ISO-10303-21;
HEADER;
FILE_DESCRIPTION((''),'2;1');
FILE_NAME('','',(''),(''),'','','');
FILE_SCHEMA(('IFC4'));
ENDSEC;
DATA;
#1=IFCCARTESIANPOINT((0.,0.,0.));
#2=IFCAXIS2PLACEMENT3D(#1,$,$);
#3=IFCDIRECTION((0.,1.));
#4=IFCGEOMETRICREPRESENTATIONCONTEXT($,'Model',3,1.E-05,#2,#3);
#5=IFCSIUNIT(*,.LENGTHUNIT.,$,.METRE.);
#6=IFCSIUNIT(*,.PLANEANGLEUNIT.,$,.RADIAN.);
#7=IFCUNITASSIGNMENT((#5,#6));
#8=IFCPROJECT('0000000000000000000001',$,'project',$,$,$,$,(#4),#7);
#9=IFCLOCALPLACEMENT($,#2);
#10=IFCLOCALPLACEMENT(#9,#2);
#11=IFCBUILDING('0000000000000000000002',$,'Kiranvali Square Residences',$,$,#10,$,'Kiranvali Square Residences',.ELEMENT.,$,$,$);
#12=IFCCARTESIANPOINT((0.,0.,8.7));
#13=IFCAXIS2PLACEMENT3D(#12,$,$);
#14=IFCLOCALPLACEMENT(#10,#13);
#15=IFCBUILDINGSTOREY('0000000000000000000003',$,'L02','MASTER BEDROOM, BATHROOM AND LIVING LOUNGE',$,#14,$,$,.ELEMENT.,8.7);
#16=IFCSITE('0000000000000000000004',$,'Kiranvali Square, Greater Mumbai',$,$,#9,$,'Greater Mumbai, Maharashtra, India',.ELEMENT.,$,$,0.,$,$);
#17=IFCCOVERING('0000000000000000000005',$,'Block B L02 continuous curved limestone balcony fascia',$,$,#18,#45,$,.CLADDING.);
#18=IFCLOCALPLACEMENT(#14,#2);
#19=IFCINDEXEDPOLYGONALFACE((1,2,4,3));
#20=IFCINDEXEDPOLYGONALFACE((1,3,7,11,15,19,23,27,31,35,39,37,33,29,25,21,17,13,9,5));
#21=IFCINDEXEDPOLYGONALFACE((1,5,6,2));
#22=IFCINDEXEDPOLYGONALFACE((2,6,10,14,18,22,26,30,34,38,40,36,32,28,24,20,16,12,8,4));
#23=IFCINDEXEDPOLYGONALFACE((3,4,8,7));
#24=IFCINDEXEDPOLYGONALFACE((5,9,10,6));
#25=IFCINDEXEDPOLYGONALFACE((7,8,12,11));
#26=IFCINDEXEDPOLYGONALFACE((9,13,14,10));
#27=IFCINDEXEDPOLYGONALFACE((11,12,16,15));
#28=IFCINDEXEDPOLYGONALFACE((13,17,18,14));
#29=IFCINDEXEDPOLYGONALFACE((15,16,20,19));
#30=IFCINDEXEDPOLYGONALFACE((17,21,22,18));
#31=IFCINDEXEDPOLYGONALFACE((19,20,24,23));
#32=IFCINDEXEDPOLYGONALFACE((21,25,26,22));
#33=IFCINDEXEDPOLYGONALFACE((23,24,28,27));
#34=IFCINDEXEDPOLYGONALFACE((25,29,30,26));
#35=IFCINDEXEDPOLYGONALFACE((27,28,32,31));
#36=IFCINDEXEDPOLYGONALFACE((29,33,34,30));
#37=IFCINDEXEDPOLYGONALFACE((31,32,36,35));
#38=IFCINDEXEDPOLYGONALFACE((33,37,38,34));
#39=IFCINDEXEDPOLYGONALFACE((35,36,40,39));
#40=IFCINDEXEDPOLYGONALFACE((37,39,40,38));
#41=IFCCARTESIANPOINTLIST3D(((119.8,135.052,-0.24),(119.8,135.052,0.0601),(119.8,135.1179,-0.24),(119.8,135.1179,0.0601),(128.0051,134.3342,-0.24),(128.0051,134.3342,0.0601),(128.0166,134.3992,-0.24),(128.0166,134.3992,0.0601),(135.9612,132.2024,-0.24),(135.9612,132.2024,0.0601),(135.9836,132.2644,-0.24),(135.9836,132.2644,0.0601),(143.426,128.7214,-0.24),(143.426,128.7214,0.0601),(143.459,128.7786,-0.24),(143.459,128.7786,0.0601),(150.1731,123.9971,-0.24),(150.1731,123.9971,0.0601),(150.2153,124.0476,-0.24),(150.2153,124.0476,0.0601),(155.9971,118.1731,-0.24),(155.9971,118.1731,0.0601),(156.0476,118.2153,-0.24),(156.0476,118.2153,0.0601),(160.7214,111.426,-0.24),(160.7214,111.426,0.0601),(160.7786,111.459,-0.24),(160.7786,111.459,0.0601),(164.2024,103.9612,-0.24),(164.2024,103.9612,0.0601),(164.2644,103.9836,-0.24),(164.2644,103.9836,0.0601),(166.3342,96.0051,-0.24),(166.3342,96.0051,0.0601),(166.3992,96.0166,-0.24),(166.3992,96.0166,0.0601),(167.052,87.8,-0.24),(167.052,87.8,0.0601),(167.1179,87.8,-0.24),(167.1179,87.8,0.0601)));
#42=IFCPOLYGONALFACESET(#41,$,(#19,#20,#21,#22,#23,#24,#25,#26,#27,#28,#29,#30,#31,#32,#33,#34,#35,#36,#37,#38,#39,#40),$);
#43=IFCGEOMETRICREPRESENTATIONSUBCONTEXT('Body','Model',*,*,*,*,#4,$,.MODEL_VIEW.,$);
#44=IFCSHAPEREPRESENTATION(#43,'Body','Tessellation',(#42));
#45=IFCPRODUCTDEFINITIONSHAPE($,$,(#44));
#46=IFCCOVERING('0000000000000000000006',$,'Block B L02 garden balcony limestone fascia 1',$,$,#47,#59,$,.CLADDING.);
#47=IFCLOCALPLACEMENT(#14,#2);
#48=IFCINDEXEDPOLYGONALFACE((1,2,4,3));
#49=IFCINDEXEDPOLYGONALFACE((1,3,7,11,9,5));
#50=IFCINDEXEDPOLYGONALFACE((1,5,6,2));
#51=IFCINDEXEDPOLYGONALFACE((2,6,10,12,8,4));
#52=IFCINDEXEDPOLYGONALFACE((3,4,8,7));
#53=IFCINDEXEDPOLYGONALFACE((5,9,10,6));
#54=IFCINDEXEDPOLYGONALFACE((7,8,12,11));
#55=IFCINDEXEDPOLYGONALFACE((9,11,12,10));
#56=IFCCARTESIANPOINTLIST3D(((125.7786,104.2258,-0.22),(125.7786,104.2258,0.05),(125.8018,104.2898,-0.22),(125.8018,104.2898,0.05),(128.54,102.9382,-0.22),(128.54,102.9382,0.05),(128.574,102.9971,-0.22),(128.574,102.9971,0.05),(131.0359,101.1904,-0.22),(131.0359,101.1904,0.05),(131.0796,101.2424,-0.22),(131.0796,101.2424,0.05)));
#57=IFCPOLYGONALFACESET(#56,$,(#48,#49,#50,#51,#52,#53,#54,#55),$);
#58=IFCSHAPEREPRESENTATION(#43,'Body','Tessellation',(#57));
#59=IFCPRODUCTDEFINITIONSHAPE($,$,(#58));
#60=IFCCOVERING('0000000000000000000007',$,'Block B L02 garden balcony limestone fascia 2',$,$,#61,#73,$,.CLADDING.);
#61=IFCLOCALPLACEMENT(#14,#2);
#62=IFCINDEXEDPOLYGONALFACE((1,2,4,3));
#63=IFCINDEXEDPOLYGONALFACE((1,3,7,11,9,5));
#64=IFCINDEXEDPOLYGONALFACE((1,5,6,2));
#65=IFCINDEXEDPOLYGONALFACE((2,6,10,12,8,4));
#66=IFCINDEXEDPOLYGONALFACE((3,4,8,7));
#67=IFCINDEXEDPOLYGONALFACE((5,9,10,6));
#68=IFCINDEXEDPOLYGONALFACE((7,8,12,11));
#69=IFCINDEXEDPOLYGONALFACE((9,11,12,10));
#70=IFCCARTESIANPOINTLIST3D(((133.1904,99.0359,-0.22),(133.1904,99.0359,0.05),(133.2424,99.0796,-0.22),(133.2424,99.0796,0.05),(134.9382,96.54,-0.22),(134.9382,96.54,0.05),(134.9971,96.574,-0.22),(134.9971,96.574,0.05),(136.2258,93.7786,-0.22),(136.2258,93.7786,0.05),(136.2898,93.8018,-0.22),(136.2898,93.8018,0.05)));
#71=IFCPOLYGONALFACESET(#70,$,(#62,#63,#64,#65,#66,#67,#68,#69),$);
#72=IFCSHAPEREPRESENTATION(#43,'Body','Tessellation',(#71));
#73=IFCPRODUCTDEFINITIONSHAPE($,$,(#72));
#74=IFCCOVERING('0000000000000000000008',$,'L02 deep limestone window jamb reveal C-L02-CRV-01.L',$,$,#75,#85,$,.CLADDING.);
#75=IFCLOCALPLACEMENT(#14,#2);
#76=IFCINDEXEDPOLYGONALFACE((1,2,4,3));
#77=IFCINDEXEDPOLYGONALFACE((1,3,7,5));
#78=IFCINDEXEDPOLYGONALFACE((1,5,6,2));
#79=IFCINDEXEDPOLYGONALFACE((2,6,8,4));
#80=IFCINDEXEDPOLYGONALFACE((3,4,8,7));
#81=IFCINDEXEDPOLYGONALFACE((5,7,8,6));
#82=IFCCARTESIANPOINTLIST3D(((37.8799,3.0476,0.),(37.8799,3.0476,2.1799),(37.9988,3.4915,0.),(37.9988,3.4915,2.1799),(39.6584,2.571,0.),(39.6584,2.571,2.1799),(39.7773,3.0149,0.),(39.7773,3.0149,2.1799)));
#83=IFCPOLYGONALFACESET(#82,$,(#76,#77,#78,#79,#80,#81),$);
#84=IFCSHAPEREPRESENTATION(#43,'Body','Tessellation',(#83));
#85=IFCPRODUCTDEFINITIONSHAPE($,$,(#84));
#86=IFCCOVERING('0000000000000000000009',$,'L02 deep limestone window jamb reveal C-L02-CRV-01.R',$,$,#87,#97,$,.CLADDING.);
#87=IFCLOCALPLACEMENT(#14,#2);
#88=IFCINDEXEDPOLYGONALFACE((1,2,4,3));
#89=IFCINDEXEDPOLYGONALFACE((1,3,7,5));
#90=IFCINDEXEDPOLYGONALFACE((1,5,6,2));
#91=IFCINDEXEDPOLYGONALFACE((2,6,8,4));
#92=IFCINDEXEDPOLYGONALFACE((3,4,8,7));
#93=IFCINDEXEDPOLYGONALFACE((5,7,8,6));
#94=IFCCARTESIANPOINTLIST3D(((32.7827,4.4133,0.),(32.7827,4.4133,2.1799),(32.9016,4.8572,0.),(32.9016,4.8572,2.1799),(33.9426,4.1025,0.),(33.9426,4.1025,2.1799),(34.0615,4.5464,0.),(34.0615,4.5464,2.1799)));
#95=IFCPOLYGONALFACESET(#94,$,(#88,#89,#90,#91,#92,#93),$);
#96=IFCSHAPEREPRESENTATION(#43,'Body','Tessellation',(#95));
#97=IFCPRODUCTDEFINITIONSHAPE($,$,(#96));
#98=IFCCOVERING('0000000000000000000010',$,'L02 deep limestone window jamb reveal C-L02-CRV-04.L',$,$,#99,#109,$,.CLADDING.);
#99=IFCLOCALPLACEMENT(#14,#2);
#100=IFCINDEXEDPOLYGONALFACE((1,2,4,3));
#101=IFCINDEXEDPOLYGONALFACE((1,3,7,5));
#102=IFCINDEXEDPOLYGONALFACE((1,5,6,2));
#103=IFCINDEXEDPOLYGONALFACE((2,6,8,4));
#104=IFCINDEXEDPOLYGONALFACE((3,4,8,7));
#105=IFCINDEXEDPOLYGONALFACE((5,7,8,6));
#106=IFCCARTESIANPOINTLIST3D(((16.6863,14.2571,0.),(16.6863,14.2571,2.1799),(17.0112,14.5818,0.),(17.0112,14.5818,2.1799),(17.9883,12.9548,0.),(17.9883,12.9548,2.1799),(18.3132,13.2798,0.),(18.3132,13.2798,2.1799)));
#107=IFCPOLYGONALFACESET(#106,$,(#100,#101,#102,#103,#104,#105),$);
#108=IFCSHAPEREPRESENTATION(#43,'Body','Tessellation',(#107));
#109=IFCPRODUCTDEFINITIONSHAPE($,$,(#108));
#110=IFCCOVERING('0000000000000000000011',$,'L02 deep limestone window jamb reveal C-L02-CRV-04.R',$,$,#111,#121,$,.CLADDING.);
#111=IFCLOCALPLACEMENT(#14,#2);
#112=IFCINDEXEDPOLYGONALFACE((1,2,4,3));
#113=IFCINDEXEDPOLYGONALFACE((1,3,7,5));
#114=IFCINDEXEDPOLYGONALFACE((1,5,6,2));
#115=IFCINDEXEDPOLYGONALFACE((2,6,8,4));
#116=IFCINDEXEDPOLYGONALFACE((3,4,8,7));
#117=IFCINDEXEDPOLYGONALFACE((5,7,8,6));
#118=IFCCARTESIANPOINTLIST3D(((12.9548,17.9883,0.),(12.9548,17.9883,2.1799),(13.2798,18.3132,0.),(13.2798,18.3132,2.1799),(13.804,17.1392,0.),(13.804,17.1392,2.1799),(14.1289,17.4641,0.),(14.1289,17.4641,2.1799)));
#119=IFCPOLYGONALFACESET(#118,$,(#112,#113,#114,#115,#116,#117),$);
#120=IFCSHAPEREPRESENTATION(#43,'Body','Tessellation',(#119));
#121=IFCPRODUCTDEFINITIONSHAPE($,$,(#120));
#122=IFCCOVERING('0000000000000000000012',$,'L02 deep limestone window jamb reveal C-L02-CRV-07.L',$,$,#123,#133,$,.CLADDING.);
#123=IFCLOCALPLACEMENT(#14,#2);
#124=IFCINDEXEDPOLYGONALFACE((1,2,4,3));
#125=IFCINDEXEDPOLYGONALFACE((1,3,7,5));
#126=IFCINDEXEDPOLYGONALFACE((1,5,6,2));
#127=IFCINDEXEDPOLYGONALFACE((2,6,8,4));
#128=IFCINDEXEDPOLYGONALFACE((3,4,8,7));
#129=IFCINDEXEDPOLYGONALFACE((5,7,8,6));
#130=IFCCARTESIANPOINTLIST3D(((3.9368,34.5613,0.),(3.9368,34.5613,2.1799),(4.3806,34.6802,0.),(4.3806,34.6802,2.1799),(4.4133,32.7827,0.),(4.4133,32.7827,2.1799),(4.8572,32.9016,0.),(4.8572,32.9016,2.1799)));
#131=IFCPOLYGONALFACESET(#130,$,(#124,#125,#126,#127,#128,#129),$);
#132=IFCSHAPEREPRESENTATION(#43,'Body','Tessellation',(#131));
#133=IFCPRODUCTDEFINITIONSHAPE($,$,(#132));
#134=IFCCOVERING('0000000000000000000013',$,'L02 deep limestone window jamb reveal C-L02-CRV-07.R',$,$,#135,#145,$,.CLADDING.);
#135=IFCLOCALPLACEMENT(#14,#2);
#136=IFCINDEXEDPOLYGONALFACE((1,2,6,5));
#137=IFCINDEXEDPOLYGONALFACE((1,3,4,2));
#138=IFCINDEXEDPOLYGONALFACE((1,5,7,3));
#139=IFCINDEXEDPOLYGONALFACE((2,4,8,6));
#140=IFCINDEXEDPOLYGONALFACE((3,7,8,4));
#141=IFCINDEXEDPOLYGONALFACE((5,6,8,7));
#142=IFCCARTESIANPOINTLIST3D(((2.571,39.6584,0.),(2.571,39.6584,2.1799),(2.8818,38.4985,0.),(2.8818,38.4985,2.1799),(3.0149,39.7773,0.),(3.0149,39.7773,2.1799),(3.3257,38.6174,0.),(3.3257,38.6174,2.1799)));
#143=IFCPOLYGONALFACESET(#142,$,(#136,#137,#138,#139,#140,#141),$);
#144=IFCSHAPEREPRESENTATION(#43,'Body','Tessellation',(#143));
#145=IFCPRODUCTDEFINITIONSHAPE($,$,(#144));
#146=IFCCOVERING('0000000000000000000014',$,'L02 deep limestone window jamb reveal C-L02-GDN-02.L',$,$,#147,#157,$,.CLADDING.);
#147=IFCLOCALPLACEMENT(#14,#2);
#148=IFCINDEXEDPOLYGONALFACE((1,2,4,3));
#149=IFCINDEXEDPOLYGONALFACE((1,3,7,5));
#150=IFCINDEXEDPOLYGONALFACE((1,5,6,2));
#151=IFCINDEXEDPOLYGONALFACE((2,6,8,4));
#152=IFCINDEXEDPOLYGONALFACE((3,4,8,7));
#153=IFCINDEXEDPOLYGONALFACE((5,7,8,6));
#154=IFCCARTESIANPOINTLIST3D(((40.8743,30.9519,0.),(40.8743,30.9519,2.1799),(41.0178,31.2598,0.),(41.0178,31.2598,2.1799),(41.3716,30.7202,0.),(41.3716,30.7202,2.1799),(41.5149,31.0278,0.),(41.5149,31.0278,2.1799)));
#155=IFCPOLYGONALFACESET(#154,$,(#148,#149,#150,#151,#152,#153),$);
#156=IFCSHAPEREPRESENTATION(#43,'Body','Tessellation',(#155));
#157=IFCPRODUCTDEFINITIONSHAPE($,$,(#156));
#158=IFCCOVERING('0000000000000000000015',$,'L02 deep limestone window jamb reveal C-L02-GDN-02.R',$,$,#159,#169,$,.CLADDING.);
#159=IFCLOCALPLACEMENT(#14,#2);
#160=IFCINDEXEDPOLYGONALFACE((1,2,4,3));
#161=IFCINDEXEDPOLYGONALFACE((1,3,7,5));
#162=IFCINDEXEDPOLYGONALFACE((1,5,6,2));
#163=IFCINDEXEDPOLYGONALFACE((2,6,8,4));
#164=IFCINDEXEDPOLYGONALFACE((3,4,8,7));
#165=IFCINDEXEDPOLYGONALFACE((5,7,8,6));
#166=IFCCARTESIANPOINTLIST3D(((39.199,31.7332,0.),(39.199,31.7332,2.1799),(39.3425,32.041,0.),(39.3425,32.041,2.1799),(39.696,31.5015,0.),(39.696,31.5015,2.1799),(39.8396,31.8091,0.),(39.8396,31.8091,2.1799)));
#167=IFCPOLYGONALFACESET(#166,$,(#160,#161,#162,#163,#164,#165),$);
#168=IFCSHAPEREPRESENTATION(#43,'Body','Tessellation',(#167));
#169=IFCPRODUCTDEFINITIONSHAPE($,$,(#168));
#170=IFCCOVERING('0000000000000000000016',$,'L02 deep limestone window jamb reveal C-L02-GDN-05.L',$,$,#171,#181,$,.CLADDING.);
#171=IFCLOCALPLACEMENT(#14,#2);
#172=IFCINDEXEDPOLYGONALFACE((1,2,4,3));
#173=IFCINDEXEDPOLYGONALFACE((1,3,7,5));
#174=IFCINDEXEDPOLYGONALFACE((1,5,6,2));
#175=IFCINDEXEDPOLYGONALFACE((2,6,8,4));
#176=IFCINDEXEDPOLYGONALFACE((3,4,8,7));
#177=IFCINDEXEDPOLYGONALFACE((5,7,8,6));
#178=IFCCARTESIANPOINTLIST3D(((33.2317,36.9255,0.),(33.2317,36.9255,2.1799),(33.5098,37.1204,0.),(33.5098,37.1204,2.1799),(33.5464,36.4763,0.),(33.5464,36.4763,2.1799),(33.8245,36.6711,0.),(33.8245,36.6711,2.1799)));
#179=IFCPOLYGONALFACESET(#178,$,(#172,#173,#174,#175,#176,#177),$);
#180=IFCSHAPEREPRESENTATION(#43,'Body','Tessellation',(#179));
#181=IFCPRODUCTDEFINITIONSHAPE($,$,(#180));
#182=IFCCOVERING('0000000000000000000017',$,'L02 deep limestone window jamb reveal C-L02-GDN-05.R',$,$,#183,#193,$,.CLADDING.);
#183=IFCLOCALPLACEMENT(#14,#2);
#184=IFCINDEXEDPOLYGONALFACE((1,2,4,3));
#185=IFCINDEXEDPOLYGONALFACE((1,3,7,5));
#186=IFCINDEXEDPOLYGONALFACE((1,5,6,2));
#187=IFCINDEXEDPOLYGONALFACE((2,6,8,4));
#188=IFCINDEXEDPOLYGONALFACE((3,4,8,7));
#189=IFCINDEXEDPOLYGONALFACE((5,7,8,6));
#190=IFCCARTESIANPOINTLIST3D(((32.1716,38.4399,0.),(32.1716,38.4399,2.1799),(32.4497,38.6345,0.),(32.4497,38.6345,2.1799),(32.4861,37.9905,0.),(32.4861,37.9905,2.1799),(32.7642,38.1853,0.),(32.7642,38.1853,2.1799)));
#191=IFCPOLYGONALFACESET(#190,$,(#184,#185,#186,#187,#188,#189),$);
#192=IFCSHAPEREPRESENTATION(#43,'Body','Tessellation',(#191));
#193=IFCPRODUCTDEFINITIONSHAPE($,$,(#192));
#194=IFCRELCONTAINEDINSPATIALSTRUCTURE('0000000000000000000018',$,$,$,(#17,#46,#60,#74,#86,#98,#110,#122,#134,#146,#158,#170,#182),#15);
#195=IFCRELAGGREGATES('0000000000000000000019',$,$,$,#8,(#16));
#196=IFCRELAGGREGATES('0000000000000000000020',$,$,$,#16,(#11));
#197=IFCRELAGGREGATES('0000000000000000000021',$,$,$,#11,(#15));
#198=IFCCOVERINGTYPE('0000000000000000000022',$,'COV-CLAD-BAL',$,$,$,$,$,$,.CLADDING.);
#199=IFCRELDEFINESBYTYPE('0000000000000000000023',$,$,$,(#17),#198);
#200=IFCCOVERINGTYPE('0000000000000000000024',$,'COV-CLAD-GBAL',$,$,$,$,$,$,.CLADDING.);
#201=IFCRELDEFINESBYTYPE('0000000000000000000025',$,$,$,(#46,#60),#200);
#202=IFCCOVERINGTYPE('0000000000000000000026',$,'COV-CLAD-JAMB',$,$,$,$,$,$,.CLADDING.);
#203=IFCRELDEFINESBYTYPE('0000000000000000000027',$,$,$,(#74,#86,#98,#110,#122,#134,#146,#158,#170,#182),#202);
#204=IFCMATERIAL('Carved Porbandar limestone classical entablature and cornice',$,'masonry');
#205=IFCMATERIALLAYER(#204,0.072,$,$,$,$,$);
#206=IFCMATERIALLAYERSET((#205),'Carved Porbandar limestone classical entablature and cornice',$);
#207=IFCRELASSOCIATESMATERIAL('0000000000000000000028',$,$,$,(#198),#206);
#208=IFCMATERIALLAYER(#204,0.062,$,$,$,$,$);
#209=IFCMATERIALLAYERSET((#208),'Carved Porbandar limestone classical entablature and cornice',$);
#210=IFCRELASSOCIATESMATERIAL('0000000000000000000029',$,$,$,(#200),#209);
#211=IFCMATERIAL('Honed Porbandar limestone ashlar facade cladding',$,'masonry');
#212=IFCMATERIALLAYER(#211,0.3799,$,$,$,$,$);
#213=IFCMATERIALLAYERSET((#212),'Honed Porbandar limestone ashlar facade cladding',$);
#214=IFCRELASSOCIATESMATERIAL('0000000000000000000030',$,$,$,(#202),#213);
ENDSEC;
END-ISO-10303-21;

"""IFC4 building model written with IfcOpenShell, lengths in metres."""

from ifc_helpers import new_model, si_unit, direction, frame, origin, place, context, subcontext, project, spatial, polyline, outline, extrude, material, layer, layer_set, type_object, element, save


model = new_model("IFC4")

# Units and contexts
model_context = context("Model", 3, precision=1e-05, world=origin(), true_north=direction((0.0, 1.0)))
body_context = subcontext(model_context, "Body", "Model", "MODEL_VIEW")
ifc_project = project(units=[si_unit("LENGTHUNIT", "METRE"), si_unit("PLANEANGLEUNIT", "RADIAN")], contexts=[model_context])

# Site, building, storey
site_placement = place(None, origin())
site = spatial("IfcSite", under=ifc_project, at=site_placement, Name="Kiranvali Square, Greater Mumbai", LongName="Greater Mumbai, Maharashtra, India", CompositionType="ELEMENT", RefElevation=0.0)
building_placement = place(site_placement, origin())
building = spatial("IfcBuilding", under=site, at=building_placement, Name="Kiranvali Square Residences", LongName="Kiranvali Square Residences", CompositionType="ELEMENT")
storey_placement = place(building_placement, frame((0.0, 0.0, 8.7)))
storey = spatial("IfcBuildingStorey", under=building, at=storey_placement, Name="L02", Description="MASTER BEDROOM, BATHROOM AND LIVING LOUNGE", CompositionType="ELEMENT", Elevation=8.7)

# Coverings
ifc_material_1 = material(Name="Carved Porbandar limestone classical entablature and cornice", Category="masonry")
ifc_layer_1 = layer(ifc_material_1, 0.072)
ifc_layer_set_1 = layer_set([ifc_layer_1], Name="Carved Porbandar limestone classical entablature and cornice")
covering_type_1 = type_object("IfcCoveringType", Name="COV-CLAD-BAL", PredefinedType="CLADDING", material=ifc_layer_set_1)
covering_1_placement = place(storey_placement, frame((0.0, 0.0, -0.24)))
element("IfcCovering", 1, at=covering_1_placement, inside=storey, type_object=covering_type_1, Name="Block B L02 continuous curved limestone balcony fascia", PredefinedType="CLADDING", context=body_context, shape_type="SweptSolid", body=[
    extrude(outline(polyline([(119.8, 135.052), (128.0051, 134.3342), (135.9612, 132.2024), (143.426, 128.7214), (150.1731, 123.9971), (155.9971, 118.1731), (160.7214, 111.426), (164.2024, 103.9612), (166.3342, 96.0051), (167.052, 87.8), (167.1179, 87.8), (166.3992, 96.0166), (164.2644, 103.9836), (160.7786, 111.459), (156.0476, 118.2153), (150.2153, 124.0476), (143.459, 128.7786), (135.9836, 132.2644), (128.0166, 134.3992), (119.8, 135.1179), (119.8, 135.052)])), origin(), (0.0, 0.0, 1.0), 0.3),
])
ifc_layer_2 = layer(ifc_material_1, 0.062)
ifc_layer_set_2 = layer_set([ifc_layer_2], Name="Carved Porbandar limestone classical entablature and cornice")
covering_type_2 = type_object("IfcCoveringType", Name="COV-CLAD-GBAL", PredefinedType="CLADDING", material=ifc_layer_set_2)
covering_2_placement = place(storey_placement, frame((0.0, 0.0, -0.22)))
element("IfcCovering", 2, at=covering_2_placement, inside=storey, type_object=covering_type_2, Name="Block B L02 garden balcony limestone fascia 1", PredefinedType="CLADDING", context=body_context, shape_type="SweptSolid", body=[
    extrude(outline(polyline([(125.7786, 104.2258), (128.54, 102.9382), (131.0359, 101.1904), (131.0796, 101.2424), (128.574, 102.9971), (125.8018, 104.2898), (125.7786, 104.2258)])), origin(), (0.0, 0.0, 1.0), 0.27),
])
covering_3_placement = place(storey_placement, frame((0.0, 0.0, -0.22)))
element("IfcCovering", 3, at=covering_3_placement, inside=storey, type_object=covering_type_2, Name="Block B L02 garden balcony limestone fascia 2", PredefinedType="CLADDING", context=body_context, shape_type="SweptSolid", body=[
    extrude(outline(polyline([(133.1904, 99.0359), (134.9382, 96.54), (136.2258, 93.7786), (136.2898, 93.8018), (134.9971, 96.574), (133.2424, 99.0796), (133.1904, 99.0359)])), origin(), (0.0, 0.0, 1.0), 0.27),
])
ifc_material_2 = material(Name="Honed Porbandar limestone ashlar facade cladding", Category="masonry")
ifc_layer_3 = layer(ifc_material_2, 0.3799)
ifc_layer_set_3 = layer_set([ifc_layer_3], Name="Honed Porbandar limestone ashlar facade cladding")
covering_type_3 = type_object("IfcCoveringType", Name="COV-CLAD-JAMB", PredefinedType="CLADDING", material=ifc_layer_set_3)
covering_4_placement = place(storey_placement, origin())
element("IfcCovering", 4, at=covering_4_placement, inside=storey, type_object=covering_type_3, Name="L02 deep limestone window jamb reveal C-L02-CRV-01.L", PredefinedType="CLADDING", context=body_context, shape_type="SweptSolid", body=[
    extrude(outline(polyline([(39.7773, 3.0149), (37.9988, 3.4915), (37.8799, 3.0476), (39.6584, 2.571), (39.7773, 3.0149)])), origin(), (0.0, 0.0, 1.0), 2.1799),
])
covering_5_placement = place(storey_placement, origin())
element("IfcCovering", 5, at=covering_5_placement, inside=storey, type_object=covering_type_3, Name="L02 deep limestone window jamb reveal C-L02-CRV-01.R", PredefinedType="CLADDING", context=body_context, shape_type="SweptSolid", body=[
    extrude(outline(polyline([(34.0615, 4.5464), (32.9016, 4.8572), (32.7827, 4.4133), (33.9426, 4.1025), (34.0615, 4.5464)])), origin(), (0.0, 0.0, 1.0), 2.1799),
])
covering_6_placement = place(storey_placement, origin())
element("IfcCovering", 6, at=covering_6_placement, inside=storey, type_object=covering_type_3, Name="L02 deep limestone window jamb reveal C-L02-CRV-04.L", PredefinedType="CLADDING", context=body_context, shape_type="SweptSolid", body=[
    extrude(outline(polyline([(18.3132, 13.2798), (17.0112, 14.5818), (16.6863, 14.2571), (17.9883, 12.9548), (18.3132, 13.2798)])), origin(), (0.0, 0.0, 1.0), 2.1799),
])
covering_7_placement = place(storey_placement, origin())
element("IfcCovering", 7, at=covering_7_placement, inside=storey, type_object=covering_type_3, Name="L02 deep limestone window jamb reveal C-L02-CRV-04.R", PredefinedType="CLADDING", context=body_context, shape_type="SweptSolid", body=[
    extrude(outline(polyline([(14.1289, 17.4641), (13.2798, 18.3132), (12.9548, 17.9883), (13.804, 17.1392), (14.1289, 17.4641)])), origin(), (0.0, 0.0, 1.0), 2.1799),
])
covering_8_placement = place(storey_placement, origin())
element("IfcCovering", 8, at=covering_8_placement, inside=storey, type_object=covering_type_3, Name="L02 deep limestone window jamb reveal C-L02-CRV-07.L", PredefinedType="CLADDING", context=body_context, shape_type="SweptSolid", body=[
    extrude(outline(polyline([(4.8572, 32.9016), (4.3806, 34.6802), (3.9368, 34.5613), (4.4133, 32.7827), (4.8572, 32.9016)])), origin(), (0.0, 0.0, 1.0), 2.1799),
])
covering_9_placement = place(storey_placement, origin())
element("IfcCovering", 9, at=covering_9_placement, inside=storey, type_object=covering_type_3, Name="L02 deep limestone window jamb reveal C-L02-CRV-07.R", PredefinedType="CLADDING", context=body_context, shape_type="SweptSolid", body=[
    extrude(outline(polyline([(3.3257, 38.6174), (3.0149, 39.7773), (2.571, 39.6584), (2.8818, 38.4985), (3.3257, 38.6174)])), origin(), (0.0, 0.0, 1.0), 2.1799),
])
covering_10_placement = place(storey_placement, origin())
element("IfcCovering", 10, at=covering_10_placement, inside=storey, type_object=covering_type_3, Name="L02 deep limestone window jamb reveal C-L02-GDN-02.L", PredefinedType="CLADDING", context=body_context, shape_type="SweptSolid", body=[
    extrude(outline(polyline([(41.5149, 31.0278), (41.0178, 31.2598), (40.8743, 30.9519), (41.3716, 30.7202), (41.5149, 31.0278)])), origin(), (0.0, 0.0, 1.0), 2.1799),
])
covering_11_placement = place(storey_placement, origin())
element("IfcCovering", 11, at=covering_11_placement, inside=storey, type_object=covering_type_3, Name="L02 deep limestone window jamb reveal C-L02-GDN-02.R", PredefinedType="CLADDING", context=body_context, shape_type="SweptSolid", body=[
    extrude(outline(polyline([(39.8396, 31.8091), (39.3425, 32.041), (39.199, 31.7332), (39.696, 31.5015), (39.8396, 31.8091)])), origin(), (0.0, 0.0, 1.0), 2.1799),
])
covering_12_placement = place(storey_placement, origin())
element("IfcCovering", 12, at=covering_12_placement, inside=storey, type_object=covering_type_3, Name="L02 deep limestone window jamb reveal C-L02-GDN-05.L", PredefinedType="CLADDING", context=body_context, shape_type="SweptSolid", body=[
    extrude(outline(polyline([(33.8245, 36.6711), (33.5098, 37.1204), (33.2317, 36.9255), (33.5464, 36.4763), (33.8245, 36.6711)])), origin(), (0.0, 0.0, 1.0), 2.1799),
])
covering_13_placement = place(storey_placement, origin())
element("IfcCovering", 13, at=covering_13_placement, inside=storey, type_object=covering_type_3, Name="L02 deep limestone window jamb reveal C-L02-GDN-05.R", PredefinedType="CLADDING", context=body_context, shape_type="SweptSolid", body=[
    extrude(outline(polyline([(32.7642, 38.1853), (32.4497, 38.6345), (32.1716, 38.4399), (32.4861, 37.9905), (32.7642, 38.1853)])), origin(), (0.0, 0.0, 1.0), 2.1799),
])

save(model, "model.ifc")
